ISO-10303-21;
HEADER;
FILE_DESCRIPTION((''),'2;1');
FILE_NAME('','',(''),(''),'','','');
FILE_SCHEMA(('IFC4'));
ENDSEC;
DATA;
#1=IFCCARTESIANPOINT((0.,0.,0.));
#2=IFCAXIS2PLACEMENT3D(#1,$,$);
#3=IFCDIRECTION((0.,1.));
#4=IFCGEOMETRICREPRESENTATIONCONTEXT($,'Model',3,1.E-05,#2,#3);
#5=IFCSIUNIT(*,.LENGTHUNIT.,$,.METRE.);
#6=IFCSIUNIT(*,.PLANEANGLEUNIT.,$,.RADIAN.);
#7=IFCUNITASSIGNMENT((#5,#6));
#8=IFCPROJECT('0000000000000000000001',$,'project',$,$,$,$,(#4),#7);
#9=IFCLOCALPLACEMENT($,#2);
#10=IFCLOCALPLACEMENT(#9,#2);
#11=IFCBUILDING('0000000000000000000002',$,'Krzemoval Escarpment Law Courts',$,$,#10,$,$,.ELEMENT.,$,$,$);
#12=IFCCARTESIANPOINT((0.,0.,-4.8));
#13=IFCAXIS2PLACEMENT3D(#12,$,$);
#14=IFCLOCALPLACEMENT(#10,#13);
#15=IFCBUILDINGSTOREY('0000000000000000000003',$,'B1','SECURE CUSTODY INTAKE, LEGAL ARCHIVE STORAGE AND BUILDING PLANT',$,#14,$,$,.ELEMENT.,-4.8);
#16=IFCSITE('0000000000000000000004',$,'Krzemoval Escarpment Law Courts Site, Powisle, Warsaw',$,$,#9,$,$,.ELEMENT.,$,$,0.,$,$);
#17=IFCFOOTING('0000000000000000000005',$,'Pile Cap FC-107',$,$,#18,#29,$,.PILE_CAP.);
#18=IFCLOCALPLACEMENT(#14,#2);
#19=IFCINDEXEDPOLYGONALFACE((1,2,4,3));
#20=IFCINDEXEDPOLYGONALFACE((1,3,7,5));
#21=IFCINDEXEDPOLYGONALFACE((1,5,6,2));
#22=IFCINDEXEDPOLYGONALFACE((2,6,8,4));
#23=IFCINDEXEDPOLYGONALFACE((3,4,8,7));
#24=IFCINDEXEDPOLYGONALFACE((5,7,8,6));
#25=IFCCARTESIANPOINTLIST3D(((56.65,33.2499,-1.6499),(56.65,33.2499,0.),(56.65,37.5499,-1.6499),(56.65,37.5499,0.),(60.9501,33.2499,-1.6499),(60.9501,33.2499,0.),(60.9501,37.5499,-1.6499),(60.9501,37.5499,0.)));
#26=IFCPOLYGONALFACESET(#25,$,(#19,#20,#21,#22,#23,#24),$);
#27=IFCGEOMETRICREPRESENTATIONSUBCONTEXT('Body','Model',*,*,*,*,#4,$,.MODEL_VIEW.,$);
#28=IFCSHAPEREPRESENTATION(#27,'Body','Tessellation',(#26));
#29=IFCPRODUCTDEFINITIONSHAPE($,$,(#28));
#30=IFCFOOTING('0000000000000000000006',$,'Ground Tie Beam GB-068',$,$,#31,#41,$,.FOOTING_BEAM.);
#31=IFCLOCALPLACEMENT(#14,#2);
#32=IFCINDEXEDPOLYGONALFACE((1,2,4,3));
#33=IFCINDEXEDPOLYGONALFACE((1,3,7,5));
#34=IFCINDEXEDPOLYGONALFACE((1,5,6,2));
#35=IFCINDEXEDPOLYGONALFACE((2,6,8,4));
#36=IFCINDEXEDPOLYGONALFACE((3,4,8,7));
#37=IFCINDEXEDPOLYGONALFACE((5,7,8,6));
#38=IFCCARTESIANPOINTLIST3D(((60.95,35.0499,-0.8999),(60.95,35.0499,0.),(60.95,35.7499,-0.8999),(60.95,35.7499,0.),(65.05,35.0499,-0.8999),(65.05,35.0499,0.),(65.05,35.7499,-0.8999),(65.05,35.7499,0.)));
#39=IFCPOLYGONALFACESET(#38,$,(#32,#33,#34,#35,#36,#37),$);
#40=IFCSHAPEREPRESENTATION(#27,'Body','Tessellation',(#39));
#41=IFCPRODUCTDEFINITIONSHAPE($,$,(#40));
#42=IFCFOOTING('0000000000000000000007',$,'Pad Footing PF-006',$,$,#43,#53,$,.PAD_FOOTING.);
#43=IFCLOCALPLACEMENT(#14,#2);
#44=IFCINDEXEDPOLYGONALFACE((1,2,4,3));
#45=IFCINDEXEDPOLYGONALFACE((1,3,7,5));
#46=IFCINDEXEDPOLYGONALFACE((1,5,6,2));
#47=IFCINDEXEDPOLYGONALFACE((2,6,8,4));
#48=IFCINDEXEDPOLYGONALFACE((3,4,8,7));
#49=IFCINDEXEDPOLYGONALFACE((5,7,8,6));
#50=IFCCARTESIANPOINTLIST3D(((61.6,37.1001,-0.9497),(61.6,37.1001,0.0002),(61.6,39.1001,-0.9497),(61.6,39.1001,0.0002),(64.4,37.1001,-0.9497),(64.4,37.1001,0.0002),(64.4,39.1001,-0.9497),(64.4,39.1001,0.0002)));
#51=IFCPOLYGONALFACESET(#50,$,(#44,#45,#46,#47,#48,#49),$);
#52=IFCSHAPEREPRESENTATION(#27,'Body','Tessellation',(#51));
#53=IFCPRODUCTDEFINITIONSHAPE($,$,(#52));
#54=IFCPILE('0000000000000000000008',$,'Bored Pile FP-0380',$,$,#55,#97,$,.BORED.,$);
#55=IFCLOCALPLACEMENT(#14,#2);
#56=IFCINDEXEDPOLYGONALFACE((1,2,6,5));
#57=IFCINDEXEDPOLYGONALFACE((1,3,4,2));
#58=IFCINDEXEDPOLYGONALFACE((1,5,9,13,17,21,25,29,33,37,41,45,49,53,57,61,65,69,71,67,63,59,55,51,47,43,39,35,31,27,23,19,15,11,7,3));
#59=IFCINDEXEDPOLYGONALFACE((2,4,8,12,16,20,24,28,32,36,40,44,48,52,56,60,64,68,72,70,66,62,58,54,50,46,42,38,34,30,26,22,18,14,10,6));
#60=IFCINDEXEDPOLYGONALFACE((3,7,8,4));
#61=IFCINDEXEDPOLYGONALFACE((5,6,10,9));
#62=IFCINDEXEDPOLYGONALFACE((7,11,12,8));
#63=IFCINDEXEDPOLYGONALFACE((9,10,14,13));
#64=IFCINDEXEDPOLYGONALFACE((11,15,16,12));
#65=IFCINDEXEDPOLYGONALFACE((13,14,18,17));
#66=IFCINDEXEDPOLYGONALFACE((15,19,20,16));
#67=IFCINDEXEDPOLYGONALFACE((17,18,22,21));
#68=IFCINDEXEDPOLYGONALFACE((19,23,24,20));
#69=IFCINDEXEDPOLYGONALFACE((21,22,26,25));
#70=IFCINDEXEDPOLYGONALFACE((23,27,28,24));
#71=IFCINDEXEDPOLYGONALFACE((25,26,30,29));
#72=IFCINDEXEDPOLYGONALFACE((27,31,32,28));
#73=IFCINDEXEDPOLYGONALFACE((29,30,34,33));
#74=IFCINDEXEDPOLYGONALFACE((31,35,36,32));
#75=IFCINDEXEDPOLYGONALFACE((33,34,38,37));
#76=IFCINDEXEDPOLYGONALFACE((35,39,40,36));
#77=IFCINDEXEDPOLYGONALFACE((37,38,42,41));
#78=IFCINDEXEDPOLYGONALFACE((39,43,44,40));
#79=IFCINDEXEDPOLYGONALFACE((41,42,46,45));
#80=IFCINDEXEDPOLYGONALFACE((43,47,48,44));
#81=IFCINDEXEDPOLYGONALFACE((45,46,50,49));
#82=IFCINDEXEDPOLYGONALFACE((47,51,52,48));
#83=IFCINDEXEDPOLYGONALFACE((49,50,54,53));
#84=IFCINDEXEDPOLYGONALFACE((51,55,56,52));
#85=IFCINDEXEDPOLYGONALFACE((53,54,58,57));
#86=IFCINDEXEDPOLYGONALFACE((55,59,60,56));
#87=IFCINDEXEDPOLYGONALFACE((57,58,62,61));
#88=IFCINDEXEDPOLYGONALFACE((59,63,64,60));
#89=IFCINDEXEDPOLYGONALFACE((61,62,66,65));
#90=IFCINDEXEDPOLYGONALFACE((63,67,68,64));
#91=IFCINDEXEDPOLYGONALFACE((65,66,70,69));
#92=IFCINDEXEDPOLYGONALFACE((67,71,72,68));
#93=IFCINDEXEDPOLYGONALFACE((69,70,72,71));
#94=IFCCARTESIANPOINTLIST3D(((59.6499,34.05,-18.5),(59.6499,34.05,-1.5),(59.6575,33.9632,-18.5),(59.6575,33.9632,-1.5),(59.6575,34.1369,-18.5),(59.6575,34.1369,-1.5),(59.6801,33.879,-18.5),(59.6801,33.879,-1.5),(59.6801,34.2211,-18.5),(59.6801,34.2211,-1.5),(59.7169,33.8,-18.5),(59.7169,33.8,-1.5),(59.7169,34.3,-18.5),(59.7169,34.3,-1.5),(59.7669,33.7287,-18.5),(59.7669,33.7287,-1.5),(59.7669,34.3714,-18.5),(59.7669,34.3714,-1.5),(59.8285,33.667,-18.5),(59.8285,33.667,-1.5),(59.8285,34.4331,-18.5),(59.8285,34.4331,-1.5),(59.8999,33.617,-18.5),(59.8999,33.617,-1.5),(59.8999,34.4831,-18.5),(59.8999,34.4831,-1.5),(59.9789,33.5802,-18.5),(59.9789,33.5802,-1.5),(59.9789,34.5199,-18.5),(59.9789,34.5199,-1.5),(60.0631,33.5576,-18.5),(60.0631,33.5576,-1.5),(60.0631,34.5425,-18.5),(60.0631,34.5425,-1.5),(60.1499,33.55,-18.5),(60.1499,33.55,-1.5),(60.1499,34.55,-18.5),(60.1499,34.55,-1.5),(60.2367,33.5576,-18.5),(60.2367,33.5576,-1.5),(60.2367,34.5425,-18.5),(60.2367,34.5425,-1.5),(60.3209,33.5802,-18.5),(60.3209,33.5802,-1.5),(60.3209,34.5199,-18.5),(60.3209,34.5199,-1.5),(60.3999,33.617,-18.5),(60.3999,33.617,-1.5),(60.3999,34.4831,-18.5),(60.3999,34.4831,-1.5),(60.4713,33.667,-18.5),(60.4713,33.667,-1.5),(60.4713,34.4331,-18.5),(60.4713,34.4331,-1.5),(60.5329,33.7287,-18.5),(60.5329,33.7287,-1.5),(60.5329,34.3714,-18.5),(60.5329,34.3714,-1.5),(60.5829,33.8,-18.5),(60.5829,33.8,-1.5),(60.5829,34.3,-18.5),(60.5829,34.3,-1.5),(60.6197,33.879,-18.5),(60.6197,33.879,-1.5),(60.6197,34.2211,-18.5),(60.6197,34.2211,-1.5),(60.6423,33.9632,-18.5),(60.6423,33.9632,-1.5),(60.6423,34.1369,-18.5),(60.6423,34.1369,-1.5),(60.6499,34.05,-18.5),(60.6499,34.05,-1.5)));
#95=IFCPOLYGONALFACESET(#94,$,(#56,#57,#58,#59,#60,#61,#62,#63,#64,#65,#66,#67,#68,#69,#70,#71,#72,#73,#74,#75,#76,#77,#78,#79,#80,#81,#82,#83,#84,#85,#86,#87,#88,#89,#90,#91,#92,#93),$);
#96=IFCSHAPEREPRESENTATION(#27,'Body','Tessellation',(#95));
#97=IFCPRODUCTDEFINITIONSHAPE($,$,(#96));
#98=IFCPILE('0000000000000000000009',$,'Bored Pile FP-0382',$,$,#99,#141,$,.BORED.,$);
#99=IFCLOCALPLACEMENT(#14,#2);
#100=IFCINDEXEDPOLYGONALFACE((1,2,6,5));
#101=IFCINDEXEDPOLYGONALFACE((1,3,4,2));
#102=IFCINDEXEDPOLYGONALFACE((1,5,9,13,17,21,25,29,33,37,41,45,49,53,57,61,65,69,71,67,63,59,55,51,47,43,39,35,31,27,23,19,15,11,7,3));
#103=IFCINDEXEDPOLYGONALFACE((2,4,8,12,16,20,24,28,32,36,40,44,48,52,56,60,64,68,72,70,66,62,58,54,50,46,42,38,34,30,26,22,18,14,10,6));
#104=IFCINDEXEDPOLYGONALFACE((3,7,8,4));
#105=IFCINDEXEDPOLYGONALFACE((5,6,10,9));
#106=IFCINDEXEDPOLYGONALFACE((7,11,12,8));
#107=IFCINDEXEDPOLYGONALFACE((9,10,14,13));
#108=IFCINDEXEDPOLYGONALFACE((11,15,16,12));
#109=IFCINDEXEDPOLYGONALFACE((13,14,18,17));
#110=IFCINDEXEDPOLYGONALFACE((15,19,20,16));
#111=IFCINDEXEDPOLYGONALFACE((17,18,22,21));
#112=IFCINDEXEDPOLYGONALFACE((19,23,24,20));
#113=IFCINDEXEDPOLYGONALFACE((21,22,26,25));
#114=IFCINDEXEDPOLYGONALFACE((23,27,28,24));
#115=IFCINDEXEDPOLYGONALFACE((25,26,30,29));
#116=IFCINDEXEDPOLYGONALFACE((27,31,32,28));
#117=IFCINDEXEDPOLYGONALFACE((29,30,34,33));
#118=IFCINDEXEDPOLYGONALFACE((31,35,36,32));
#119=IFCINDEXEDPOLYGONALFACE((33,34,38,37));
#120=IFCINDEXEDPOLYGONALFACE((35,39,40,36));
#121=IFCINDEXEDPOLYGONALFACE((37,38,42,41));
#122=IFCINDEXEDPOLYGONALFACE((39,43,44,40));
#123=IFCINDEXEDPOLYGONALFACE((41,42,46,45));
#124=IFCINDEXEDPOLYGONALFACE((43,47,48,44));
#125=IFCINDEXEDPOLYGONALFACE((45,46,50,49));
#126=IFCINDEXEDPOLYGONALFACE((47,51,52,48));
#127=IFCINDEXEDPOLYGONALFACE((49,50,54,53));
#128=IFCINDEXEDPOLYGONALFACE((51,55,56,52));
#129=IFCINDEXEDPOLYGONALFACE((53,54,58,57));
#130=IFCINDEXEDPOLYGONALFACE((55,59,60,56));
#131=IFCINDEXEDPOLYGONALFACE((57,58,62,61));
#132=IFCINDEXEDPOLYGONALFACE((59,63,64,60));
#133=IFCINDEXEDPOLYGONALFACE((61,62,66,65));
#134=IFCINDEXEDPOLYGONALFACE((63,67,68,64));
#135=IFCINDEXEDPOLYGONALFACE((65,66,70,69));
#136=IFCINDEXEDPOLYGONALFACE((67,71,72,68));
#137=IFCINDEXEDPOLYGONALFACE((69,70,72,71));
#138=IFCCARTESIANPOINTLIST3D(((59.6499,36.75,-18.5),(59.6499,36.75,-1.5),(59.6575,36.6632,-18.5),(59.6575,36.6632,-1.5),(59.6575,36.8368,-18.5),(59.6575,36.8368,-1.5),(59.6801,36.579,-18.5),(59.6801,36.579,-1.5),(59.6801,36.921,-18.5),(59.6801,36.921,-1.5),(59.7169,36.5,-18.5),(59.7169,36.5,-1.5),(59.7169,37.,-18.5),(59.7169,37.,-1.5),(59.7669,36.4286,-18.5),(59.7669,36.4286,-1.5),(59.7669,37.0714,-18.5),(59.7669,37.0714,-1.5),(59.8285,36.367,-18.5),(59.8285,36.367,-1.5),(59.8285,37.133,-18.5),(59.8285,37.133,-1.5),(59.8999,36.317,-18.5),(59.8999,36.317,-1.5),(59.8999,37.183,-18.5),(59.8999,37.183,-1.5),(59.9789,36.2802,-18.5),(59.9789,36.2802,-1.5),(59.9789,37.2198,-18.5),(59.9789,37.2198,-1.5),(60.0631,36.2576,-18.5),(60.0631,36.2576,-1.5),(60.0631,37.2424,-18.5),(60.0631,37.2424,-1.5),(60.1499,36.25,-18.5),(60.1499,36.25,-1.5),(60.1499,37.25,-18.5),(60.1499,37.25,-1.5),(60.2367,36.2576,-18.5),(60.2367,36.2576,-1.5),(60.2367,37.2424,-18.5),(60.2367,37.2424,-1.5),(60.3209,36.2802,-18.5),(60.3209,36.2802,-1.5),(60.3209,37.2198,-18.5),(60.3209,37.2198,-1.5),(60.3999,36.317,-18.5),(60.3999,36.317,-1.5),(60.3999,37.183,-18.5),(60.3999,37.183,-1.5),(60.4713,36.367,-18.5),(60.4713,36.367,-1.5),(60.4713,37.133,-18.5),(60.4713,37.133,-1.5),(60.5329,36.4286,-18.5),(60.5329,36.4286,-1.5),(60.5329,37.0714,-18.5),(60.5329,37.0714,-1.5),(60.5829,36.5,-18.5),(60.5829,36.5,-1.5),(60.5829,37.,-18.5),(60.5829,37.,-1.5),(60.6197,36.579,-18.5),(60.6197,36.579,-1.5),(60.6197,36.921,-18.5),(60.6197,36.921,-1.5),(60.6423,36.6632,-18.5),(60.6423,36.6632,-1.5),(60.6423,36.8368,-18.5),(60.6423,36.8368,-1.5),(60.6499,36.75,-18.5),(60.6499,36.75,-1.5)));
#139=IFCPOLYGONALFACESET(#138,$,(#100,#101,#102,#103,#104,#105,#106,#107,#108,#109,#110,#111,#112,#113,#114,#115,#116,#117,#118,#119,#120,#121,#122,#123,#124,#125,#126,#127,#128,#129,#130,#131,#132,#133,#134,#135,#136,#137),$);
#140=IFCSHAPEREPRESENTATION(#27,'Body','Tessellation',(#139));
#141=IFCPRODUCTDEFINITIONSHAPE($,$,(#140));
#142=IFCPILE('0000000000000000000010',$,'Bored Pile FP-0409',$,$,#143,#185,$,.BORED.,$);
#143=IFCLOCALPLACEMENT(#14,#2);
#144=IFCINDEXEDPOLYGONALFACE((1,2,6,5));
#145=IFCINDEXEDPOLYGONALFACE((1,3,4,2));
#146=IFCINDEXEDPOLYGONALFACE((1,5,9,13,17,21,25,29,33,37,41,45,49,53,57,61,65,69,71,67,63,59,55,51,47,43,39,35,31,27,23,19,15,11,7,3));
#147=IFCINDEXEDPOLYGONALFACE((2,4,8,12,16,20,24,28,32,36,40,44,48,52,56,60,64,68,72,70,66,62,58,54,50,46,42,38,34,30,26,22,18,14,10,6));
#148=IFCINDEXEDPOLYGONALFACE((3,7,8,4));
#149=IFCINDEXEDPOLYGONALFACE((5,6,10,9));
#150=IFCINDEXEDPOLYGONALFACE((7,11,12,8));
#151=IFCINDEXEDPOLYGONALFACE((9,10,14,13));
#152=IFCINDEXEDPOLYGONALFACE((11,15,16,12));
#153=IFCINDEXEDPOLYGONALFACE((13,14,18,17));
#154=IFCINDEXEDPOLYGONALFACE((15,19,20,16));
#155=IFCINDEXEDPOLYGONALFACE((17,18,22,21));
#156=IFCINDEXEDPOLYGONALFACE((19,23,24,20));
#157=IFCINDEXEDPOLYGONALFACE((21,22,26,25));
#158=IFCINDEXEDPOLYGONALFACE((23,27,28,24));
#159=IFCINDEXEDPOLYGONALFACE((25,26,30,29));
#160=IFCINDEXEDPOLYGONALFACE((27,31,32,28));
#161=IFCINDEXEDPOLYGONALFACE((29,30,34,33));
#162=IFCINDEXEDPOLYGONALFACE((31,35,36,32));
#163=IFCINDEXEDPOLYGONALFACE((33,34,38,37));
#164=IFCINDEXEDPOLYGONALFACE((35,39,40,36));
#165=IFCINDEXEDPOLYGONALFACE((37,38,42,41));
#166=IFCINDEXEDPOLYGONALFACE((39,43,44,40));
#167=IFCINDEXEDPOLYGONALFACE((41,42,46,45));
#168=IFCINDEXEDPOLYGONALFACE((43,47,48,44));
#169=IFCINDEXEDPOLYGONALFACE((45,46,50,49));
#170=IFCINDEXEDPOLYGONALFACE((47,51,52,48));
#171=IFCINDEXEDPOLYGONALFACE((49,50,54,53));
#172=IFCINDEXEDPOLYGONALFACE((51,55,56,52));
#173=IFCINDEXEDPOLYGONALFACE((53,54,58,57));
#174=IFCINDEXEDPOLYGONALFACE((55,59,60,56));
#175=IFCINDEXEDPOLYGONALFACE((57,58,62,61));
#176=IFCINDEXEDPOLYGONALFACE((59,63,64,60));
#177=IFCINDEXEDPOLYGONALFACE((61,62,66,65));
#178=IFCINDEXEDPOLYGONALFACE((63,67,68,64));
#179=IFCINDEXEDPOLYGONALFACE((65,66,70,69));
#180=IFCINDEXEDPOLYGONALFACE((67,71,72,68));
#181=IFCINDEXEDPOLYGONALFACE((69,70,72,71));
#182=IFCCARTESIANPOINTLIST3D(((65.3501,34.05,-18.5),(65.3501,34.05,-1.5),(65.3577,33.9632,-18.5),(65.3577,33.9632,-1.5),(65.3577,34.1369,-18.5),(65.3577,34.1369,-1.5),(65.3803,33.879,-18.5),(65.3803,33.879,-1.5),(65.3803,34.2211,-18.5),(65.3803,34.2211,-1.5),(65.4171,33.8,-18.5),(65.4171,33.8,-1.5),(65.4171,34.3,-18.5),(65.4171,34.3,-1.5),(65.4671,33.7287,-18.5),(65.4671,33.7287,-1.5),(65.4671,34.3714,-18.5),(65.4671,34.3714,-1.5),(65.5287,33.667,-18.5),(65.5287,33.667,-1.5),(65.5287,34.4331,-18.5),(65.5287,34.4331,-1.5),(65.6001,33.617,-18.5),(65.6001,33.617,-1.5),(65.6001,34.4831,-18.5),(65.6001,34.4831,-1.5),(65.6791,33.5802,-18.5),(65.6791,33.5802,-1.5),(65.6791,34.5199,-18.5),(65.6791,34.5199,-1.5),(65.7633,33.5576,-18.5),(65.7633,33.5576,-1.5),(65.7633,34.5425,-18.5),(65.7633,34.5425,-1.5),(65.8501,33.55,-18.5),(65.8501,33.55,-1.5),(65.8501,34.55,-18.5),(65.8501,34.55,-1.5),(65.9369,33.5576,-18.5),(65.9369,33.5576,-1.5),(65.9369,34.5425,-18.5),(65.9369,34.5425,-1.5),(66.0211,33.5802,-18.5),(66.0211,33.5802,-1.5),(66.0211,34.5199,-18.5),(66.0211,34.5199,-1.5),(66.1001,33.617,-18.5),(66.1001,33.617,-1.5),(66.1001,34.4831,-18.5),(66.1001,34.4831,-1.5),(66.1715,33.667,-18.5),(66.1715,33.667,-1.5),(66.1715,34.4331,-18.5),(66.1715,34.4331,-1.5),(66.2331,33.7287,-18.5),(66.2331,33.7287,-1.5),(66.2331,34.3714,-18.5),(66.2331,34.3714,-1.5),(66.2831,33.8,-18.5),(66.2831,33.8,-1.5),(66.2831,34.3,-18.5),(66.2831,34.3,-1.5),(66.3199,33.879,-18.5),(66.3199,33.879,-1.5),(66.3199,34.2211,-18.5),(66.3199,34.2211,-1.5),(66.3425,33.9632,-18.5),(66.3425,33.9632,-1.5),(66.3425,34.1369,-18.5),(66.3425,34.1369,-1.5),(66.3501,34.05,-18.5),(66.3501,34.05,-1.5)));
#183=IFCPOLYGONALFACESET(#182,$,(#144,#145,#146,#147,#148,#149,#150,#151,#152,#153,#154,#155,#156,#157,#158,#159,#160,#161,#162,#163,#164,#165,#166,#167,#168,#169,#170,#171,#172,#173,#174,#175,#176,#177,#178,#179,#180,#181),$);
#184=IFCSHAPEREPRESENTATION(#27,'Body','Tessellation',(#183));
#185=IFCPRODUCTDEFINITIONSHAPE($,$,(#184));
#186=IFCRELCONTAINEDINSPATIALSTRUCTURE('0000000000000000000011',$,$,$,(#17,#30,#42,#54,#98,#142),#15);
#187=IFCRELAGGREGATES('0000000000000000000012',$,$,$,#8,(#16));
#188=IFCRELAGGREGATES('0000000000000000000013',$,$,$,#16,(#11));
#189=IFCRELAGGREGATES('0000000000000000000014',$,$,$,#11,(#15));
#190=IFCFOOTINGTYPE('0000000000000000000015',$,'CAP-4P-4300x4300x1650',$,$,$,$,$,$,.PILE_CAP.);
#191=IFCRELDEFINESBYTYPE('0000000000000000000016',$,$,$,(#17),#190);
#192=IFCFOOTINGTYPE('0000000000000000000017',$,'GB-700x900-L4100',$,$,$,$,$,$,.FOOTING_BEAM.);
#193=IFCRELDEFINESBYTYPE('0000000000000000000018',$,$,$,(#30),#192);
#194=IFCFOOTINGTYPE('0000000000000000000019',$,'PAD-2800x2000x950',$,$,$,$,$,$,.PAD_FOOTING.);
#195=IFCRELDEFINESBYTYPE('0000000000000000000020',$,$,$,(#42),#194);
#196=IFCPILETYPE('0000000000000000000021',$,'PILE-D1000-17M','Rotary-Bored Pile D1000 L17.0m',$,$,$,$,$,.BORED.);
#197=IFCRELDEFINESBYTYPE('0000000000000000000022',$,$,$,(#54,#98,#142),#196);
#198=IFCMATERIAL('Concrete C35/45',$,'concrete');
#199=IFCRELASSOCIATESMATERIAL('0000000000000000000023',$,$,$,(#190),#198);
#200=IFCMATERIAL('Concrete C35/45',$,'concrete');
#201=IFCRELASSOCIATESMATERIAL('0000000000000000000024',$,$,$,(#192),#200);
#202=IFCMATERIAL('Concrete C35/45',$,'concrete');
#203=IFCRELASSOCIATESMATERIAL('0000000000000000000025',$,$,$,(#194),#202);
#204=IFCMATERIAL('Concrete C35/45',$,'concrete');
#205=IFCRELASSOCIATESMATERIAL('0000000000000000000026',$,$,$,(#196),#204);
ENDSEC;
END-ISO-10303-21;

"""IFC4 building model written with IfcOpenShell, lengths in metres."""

from ifc_helpers import new_model, si_unit, direction, frame, origin, origin_2d, place, context, subcontext, project, spatial, rectangle, circle, extrude, material, material_profile, profile_set, type_object, element, save


model = new_model("IFC4")

# Units and contexts
model_context = context("Model", 3, precision=1e-05, world=origin(), true_north=direction((0.0, 1.0)))
body_context = subcontext(model_context, "Body", "Model", "MODEL_VIEW")
ifc_project = project(units=[si_unit("LENGTHUNIT", "METRE"), si_unit("PLANEANGLEUNIT", "RADIAN")], contexts=[model_context])

# Site, building, storey
site_placement = place(None, origin())
site = spatial("IfcSite", under=ifc_project, at=site_placement, Name="Krzemoval Escarpment Law Courts Site, Powisle, Warsaw", CompositionType="ELEMENT", RefElevation=0.0)
building_placement = place(site_placement, origin())
building = spatial("IfcBuilding", under=site, at=building_placement, Name="Krzemoval Escarpment Law Courts", CompositionType="ELEMENT")
storey_placement = place(building_placement, frame((0.0, 0.0, -4.8)))
storey = spatial("IfcBuildingStorey", under=building, at=storey_placement, Name="B1", Description="SECURE CUSTODY INTAKE, LEGAL ARCHIVE STORAGE AND BUILDING PLANT", CompositionType="ELEMENT", Elevation=-4.8)

# Footings
ifc_material_1 = material(Name="Concrete C35/45", Category="concrete")
footing_type_1 = type_object("IfcFootingType", Name="CAP-4P-4300x4300x1650", PredefinedType="PILE_CAP", material=ifc_material_1)
footing_1_placement = place(storey_placement, frame((58.8, 35.3999, -1.6499), z_axis=(0.0, 0.0, 1.0), x_axis=(1.0, 0.0, 0.0)))
element("IfcFooting", 1, at=footing_1_placement, inside=storey, type_object=footing_type_1, Name="Pile Cap FC-107", PredefinedType="PILE_CAP", context=body_context, shape_type="SweptSolid", body=[
    extrude(rectangle(XDim=4.3, YDim=4.3, at=origin_2d()), origin(), (0.0, 0.0, 1.0), 1.6499),
])
ifc_material_2 = material(Name="Concrete C35/45", Category="concrete")
footing_type_2 = type_object("IfcFootingType", Name="GB-700x900-L4100", PredefinedType="FOOTING_BEAM", material=ifc_material_2)
footing_2_placement = place(storey_placement, frame((63.0, 35.3999, -0.8999), z_axis=(0.0, 0.0, 1.0), x_axis=(1.0, 0.0, 0.0)))
element("IfcFooting", 2, at=footing_2_placement, inside=storey, type_object=footing_type_2, Name="Ground Tie Beam GB-068", PredefinedType="FOOTING_BEAM", context=body_context, shape_type="SweptSolid", body=[
    extrude(rectangle(XDim=4.1001, YDim=0.7, at=origin_2d()), origin(), (0.0, 0.0, 1.0), 0.8999),
])
ifc_material_3 = material(Name="Concrete C35/45", Category="concrete")
footing_type_3 = type_object("IfcFootingType", Name="PAD-2800x2000x950", PredefinedType="PAD_FOOTING", material=ifc_material_3)
footing_3_placement = place(storey_placement, frame((63.0, 38.1001, -0.9497), z_axis=(0.0, 0.0, 1.0), x_axis=(1.0, 0.0, 0.0)))
element("IfcFooting", 3, at=footing_3_placement, inside=storey, type_object=footing_type_3, Name="Pad Footing PF-006", PredefinedType="PAD_FOOTING", context=body_context, shape_type="SweptSolid", body=[
    extrude(rectangle(XDim=2.8, YDim=2.0, at=origin_2d()), origin(), (0.0, 0.0, 1.0), 0.95),
])

# Piles
ifc_material_4 = material(Name="Concrete C35/45", Category="concrete")
ifc_material_profile_1 = material_profile(ifc_material_4, circle(Radius=0.5, at=origin_2d()), Name="PILE D1000")
ifc_profile_set_1 = profile_set([ifc_material_profile_1], Name="Concrete C35/45")
pile_type = type_object("IfcPileType", Name="PILE-D1000-17M", Description="Rotary-Bored Pile D1000 L17.0m", PredefinedType="BORED", material=ifc_profile_set_1)
for number, where, z_axis, x_axis, name in (
    (4, (60.1499, 34.05, -1.5), (0.0, 0.0, -1.0), (1.0, 0.0, 0.0), "Bored Pile FP-0380"),
    (5, (60.1499, 36.75, -1.5), (0.0, 0.0, -1.0), (1.0, 0.0, 0.0), "Bored Pile FP-0382"),
    (6, (65.8501, 34.05, -1.5), (0.0, 0.0, -1.0), (1.0, 0.0, 0.0), "Bored Pile FP-0409"),
):
    element("IfcPile", number, at=place(storey_placement, frame(where, z_axis=z_axis, x_axis=x_axis)), inside=storey, type_object=pile_type, Name=name, PredefinedType="BORED", context=body_context, shape_type="SweptSolid", body=[
        extrude(circle(Radius=0.5, at=origin_2d()), origin(), (0.0, 0.0, 1.0), 17.0),
    ])

save(model, "model.ifc")
